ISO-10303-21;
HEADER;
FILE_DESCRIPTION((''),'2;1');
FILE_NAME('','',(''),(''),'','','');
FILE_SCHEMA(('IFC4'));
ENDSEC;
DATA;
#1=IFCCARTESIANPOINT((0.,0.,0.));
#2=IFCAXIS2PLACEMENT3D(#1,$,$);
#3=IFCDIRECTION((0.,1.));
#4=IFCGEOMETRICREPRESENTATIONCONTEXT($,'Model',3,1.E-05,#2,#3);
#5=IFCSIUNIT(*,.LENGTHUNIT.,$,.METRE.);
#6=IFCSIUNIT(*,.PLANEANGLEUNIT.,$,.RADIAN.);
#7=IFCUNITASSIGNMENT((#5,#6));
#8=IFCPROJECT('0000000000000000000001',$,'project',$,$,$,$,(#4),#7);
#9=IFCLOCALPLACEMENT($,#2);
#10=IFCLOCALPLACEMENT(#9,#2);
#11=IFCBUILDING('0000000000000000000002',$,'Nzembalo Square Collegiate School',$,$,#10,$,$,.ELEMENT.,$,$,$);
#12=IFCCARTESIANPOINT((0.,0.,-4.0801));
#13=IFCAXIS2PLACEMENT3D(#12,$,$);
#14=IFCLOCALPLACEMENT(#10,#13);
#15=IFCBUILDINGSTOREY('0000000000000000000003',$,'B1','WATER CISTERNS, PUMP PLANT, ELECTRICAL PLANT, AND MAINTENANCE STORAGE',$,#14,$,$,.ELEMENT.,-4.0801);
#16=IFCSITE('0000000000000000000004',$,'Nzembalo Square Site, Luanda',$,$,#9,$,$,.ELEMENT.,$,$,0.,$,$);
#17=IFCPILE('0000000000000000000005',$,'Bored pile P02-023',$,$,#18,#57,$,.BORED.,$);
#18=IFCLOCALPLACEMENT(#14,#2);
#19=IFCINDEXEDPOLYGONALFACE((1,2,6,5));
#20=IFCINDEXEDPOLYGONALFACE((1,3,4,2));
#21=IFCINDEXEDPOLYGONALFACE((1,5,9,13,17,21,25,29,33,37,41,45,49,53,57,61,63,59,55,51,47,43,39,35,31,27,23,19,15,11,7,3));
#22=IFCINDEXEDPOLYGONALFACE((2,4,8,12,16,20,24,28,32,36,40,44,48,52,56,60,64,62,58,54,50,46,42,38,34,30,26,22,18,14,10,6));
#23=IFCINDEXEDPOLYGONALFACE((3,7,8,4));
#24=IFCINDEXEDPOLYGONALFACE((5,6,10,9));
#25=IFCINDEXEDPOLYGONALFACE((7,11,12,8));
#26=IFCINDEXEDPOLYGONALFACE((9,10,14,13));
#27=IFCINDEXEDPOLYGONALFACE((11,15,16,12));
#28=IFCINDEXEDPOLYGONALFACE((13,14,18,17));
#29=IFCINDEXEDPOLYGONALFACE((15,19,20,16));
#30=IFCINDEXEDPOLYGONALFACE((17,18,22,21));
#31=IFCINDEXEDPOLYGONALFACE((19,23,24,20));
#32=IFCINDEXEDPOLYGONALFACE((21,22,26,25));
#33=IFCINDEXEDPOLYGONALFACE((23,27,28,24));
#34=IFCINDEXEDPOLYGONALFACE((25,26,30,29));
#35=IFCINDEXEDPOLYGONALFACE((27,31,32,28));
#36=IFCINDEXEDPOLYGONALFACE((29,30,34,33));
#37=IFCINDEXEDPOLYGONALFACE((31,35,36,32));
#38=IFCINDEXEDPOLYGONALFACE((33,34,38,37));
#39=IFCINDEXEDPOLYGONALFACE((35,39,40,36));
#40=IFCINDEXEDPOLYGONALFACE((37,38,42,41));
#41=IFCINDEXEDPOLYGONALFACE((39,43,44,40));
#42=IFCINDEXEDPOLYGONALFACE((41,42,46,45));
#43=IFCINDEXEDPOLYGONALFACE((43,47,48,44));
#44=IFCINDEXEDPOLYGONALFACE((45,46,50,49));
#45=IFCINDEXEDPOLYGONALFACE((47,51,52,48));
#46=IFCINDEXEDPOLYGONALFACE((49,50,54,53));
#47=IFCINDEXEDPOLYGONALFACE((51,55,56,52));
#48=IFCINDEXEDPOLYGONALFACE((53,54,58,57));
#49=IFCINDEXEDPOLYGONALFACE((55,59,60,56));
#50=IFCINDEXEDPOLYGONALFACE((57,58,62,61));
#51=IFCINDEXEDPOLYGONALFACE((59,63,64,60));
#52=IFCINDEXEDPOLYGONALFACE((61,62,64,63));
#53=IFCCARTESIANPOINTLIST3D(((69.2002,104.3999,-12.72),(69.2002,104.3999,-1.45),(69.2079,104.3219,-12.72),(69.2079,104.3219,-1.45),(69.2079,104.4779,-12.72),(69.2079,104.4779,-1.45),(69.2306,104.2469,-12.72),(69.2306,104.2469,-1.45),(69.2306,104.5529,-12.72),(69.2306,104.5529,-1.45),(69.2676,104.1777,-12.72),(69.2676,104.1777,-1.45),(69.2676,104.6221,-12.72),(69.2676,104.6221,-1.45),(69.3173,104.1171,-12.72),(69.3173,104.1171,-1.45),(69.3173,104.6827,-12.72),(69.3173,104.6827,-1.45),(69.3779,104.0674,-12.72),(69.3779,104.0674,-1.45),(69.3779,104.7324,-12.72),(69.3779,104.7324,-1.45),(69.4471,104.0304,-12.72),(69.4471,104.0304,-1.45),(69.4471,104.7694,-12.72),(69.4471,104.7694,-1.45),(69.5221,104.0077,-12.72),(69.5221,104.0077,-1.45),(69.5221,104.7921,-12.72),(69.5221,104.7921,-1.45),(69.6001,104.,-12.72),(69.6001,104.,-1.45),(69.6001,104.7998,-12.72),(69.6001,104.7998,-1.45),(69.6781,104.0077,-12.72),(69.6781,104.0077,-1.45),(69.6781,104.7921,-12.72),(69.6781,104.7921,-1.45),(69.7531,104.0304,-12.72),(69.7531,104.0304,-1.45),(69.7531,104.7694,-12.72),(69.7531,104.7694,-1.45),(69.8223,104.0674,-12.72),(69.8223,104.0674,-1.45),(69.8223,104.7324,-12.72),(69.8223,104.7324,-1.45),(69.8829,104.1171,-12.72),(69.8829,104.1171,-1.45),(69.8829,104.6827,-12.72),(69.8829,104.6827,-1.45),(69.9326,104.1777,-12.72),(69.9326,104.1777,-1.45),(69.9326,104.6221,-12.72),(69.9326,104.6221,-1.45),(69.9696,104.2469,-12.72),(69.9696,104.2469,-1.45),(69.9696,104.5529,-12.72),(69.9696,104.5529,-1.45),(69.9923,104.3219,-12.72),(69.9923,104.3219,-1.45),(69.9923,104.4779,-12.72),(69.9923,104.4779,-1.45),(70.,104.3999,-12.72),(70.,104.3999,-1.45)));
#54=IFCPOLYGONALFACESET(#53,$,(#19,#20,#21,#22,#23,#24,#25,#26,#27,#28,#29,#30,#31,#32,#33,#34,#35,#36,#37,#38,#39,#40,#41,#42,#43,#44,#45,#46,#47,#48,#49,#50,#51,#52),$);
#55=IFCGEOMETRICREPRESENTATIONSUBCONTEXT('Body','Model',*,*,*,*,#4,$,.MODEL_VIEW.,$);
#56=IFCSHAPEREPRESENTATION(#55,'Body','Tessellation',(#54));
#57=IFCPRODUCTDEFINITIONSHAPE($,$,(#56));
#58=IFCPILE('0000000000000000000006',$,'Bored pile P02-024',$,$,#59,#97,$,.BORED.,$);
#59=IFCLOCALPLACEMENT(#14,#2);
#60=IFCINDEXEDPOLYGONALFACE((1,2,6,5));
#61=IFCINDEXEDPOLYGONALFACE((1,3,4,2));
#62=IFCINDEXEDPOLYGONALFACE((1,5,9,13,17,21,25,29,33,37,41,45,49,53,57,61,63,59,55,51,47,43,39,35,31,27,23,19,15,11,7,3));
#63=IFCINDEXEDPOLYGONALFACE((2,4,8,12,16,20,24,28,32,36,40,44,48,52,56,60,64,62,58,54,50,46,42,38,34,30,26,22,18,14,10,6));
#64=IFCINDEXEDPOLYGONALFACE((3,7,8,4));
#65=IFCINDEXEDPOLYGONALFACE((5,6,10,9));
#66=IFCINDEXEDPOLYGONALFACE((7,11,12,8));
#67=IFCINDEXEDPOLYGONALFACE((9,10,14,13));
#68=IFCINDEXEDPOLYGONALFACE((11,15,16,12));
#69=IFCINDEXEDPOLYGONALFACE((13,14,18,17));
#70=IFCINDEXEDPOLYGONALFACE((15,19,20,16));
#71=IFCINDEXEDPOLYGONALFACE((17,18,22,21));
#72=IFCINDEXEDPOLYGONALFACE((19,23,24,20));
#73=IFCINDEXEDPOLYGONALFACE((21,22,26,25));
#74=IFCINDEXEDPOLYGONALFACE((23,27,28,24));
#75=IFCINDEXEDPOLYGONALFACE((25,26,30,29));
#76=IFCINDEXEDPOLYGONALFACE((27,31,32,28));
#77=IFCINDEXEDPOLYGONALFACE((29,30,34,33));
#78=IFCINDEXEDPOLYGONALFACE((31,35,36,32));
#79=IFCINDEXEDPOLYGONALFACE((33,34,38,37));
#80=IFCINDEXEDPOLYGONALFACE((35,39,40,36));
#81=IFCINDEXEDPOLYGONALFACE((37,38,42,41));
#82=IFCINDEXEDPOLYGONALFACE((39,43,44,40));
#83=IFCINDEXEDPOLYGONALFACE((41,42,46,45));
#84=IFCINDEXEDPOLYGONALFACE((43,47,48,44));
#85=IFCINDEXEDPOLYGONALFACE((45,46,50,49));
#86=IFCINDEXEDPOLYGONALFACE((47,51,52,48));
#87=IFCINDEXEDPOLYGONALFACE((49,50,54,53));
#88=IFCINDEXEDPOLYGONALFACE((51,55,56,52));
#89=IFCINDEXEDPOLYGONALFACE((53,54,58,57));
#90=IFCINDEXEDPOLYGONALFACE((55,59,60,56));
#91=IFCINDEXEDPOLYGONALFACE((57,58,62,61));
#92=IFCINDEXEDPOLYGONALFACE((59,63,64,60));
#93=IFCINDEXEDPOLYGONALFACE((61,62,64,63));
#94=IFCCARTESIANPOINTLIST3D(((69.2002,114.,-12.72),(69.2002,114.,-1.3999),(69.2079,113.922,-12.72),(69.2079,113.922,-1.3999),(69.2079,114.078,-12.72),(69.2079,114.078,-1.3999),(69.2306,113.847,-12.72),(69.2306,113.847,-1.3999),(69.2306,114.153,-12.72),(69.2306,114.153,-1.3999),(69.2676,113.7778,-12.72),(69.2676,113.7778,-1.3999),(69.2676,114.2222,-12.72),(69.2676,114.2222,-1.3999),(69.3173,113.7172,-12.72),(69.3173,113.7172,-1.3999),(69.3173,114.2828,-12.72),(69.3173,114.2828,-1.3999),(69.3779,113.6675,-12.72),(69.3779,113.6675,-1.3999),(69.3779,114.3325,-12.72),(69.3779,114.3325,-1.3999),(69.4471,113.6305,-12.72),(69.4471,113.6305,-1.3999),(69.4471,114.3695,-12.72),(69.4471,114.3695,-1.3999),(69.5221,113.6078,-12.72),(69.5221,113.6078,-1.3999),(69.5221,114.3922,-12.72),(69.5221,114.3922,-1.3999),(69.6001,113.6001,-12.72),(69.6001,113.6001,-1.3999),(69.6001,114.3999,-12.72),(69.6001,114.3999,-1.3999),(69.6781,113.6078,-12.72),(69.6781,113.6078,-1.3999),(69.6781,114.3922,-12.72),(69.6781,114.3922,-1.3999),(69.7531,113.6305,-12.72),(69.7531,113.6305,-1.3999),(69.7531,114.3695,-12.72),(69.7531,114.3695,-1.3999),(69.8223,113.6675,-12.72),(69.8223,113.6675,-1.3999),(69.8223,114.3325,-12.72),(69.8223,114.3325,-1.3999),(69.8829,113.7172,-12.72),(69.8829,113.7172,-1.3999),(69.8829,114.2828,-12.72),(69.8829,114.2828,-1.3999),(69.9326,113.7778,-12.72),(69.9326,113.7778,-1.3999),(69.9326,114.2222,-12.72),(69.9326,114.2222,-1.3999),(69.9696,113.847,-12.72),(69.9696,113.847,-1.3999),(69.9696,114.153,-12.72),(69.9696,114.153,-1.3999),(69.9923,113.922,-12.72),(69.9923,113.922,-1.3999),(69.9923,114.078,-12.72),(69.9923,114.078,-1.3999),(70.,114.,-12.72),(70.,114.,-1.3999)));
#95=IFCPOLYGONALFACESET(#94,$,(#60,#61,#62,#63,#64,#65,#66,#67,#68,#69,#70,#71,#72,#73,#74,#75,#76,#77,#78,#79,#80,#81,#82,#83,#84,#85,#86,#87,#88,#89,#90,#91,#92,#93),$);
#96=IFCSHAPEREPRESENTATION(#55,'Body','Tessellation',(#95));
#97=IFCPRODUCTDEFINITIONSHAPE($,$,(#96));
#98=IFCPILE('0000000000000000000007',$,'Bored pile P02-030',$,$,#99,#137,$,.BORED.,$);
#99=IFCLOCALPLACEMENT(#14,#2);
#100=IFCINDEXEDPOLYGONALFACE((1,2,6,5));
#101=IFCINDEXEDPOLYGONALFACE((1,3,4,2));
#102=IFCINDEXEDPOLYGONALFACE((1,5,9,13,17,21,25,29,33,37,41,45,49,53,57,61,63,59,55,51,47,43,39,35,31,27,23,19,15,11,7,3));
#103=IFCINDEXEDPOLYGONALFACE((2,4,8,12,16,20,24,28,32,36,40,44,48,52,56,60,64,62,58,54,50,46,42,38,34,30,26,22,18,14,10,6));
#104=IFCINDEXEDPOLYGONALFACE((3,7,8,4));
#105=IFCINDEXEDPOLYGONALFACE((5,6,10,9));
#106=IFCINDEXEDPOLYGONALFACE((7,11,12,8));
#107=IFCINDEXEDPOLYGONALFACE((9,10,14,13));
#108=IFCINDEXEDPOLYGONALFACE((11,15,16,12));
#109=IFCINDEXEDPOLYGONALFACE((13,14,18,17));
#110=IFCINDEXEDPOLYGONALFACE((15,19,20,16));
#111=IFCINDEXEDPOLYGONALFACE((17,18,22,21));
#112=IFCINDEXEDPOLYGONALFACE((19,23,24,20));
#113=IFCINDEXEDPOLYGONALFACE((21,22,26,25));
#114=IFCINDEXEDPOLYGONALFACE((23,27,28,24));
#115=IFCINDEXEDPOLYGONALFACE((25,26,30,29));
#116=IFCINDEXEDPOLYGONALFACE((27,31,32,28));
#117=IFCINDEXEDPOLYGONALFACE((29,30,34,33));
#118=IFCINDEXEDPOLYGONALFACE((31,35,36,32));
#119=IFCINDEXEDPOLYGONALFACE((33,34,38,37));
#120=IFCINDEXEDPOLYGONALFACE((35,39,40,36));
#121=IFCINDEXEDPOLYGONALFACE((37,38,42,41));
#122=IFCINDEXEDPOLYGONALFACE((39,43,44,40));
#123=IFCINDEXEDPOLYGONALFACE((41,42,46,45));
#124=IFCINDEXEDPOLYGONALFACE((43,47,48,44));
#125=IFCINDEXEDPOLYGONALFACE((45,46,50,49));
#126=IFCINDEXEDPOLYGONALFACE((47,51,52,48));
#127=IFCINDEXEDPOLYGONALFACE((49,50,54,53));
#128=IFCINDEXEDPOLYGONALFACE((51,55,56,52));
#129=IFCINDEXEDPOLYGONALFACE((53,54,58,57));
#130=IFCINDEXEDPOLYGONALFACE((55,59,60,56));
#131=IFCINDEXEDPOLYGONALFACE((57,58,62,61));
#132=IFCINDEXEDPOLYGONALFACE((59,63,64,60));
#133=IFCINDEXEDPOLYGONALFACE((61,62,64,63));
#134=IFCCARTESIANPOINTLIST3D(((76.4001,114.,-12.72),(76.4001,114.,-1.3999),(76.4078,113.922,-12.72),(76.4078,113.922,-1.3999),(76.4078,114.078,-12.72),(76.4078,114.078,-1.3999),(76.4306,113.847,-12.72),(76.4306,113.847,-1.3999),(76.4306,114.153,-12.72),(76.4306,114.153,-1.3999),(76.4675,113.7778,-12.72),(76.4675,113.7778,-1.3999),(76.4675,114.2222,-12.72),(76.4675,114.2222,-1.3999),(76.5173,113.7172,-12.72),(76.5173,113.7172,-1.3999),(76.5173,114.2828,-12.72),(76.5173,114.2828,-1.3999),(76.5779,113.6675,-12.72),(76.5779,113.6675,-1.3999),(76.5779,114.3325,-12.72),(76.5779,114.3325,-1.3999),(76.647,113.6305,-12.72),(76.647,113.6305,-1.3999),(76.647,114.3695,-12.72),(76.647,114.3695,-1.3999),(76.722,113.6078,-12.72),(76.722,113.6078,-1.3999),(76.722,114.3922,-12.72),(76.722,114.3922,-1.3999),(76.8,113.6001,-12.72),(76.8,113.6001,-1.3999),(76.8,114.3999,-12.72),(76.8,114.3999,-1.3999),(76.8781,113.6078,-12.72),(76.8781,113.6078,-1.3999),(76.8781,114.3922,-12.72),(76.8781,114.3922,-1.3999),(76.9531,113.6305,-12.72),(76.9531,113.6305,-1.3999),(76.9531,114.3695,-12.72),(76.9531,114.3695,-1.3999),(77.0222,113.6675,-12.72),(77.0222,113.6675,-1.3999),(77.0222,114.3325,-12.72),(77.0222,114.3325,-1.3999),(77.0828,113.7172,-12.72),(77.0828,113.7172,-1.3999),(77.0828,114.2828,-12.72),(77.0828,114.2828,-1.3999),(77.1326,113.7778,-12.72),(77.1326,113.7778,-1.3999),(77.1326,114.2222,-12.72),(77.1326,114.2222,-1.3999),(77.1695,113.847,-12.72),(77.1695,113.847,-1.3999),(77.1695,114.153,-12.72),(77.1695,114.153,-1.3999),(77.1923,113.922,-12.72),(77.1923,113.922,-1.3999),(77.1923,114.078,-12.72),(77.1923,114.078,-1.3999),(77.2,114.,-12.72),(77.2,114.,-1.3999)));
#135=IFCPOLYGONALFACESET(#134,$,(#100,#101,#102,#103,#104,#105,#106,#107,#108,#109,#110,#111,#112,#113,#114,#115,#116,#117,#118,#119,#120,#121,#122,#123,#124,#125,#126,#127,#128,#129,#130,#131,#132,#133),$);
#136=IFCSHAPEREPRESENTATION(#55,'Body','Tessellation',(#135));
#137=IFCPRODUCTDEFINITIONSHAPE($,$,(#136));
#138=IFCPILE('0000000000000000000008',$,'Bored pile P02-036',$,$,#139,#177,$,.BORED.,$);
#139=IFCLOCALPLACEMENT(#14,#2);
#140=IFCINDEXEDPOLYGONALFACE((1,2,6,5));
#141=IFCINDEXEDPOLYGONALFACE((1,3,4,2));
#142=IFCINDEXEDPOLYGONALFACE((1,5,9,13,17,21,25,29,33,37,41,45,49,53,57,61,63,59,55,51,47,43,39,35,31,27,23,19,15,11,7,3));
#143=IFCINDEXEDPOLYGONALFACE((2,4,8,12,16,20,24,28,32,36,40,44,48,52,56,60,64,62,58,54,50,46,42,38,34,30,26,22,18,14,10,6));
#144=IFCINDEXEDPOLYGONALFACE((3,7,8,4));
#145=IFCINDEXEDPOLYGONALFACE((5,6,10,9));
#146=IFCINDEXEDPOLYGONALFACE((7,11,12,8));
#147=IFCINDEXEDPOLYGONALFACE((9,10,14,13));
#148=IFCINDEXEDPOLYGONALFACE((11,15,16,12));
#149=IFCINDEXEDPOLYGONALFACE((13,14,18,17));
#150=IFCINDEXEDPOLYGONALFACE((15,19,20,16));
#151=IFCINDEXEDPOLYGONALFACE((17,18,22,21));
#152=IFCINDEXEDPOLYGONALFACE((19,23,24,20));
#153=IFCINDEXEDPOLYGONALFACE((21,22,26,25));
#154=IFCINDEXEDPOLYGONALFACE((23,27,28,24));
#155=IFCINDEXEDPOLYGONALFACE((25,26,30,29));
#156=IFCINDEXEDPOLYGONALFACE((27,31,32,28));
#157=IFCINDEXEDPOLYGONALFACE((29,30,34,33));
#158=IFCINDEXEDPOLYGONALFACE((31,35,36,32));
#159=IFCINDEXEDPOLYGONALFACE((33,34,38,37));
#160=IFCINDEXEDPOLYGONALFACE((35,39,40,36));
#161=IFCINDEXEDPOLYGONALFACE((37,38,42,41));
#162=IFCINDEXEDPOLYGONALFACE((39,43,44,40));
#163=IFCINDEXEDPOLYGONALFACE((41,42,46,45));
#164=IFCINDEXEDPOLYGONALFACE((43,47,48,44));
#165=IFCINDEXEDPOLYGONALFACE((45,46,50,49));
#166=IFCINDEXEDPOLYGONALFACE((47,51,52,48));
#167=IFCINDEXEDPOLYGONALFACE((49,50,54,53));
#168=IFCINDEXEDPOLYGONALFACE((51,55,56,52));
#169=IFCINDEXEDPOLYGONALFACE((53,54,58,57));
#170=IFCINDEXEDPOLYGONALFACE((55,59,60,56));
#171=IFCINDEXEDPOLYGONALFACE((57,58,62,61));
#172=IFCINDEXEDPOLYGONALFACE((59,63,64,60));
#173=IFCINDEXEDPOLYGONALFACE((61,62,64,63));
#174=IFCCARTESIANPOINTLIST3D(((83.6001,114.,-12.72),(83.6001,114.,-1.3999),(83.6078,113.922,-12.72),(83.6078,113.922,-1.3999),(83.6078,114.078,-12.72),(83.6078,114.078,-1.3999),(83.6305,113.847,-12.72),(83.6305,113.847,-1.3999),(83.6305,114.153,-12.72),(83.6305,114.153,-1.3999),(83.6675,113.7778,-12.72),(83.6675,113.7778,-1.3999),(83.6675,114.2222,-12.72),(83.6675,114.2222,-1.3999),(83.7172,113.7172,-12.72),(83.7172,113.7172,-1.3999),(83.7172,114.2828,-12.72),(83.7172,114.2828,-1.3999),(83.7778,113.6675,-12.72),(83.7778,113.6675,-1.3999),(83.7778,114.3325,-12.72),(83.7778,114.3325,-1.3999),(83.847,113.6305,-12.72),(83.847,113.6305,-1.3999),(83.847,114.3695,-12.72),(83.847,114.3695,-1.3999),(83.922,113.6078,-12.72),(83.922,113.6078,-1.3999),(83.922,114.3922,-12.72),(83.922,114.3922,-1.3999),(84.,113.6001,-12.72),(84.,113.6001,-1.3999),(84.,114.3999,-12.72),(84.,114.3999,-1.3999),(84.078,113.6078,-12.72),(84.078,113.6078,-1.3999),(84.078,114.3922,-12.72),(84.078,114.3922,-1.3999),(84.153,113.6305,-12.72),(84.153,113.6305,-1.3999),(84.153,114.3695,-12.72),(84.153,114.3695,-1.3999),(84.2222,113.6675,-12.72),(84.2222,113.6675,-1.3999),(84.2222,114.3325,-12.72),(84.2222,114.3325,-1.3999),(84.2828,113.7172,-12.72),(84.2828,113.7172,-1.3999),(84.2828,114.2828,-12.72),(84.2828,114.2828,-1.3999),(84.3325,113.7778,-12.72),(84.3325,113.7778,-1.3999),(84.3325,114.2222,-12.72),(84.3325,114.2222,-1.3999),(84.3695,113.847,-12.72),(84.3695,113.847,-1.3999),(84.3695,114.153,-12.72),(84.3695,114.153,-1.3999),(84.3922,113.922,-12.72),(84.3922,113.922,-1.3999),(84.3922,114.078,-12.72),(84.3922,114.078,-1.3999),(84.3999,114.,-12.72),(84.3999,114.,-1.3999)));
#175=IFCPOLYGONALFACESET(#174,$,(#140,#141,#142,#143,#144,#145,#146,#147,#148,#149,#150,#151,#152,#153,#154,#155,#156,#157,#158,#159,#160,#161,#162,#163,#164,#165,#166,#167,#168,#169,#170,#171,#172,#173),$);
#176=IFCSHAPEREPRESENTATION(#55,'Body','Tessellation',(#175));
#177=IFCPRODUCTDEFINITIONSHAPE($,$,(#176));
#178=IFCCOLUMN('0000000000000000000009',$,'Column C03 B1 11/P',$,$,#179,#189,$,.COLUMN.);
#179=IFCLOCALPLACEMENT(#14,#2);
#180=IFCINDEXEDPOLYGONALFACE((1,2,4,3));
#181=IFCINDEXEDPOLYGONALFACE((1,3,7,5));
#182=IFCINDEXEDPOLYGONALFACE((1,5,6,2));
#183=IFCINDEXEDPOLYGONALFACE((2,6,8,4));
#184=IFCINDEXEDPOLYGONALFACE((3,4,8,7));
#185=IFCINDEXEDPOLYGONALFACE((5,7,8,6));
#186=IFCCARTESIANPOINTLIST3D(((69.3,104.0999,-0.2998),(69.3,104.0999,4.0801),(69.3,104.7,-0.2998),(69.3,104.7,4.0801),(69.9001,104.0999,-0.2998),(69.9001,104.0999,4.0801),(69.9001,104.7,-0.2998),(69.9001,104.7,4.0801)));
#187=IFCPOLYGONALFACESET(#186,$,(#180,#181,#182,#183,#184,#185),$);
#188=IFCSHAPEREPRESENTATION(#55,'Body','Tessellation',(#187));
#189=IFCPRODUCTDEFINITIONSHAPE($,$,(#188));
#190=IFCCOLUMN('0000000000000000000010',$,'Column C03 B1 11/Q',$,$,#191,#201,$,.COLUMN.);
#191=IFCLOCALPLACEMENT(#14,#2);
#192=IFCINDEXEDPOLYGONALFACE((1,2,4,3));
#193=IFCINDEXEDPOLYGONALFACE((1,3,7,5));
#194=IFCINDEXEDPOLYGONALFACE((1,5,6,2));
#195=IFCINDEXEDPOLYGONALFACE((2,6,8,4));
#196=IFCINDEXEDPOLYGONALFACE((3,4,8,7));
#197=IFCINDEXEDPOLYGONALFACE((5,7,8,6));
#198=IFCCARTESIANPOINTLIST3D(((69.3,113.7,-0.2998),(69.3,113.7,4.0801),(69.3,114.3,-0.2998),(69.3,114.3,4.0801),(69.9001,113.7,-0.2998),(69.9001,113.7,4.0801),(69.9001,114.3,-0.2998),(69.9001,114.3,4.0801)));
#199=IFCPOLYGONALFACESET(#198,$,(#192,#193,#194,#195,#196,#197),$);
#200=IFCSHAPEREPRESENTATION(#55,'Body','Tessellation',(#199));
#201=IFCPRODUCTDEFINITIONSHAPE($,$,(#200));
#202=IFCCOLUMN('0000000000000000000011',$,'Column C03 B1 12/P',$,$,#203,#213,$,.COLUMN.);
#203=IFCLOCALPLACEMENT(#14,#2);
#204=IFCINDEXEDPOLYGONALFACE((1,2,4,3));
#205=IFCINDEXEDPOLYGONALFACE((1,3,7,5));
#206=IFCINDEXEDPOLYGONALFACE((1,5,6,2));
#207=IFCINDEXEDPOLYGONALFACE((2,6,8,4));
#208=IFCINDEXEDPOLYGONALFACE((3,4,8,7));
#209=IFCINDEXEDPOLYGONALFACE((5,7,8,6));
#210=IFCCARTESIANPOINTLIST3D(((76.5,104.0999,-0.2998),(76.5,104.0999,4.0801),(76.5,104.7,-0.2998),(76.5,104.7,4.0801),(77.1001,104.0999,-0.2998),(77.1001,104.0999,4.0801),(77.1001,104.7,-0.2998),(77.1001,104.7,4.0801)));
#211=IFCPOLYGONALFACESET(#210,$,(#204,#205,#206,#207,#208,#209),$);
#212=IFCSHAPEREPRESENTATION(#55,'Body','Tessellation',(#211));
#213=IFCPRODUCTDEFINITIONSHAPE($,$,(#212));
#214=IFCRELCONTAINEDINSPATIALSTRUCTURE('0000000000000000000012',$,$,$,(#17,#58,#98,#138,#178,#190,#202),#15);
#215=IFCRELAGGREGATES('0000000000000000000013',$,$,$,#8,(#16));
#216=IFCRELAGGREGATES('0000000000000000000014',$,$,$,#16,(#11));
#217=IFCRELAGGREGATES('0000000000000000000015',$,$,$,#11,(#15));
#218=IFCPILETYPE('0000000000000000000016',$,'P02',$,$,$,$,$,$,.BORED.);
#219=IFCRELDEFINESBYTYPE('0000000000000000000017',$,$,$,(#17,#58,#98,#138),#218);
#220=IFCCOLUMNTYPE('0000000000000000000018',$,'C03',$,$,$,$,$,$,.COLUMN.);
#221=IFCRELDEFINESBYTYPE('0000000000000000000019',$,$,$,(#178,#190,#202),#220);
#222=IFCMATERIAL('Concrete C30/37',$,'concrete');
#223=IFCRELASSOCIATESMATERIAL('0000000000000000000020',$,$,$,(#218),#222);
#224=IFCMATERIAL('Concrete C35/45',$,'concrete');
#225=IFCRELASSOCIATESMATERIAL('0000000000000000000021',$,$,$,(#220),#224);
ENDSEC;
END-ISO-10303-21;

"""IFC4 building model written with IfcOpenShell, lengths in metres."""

from ifc_helpers import new_model, si_unit, direction, frame, origin, origin_2d, place, context, subcontext, project, spatial, rectangle, circle, extrude, material, material_profile, profile_set, type_object, element, save


model = new_model("IFC4")

# Units and contexts
model_context = context("Model", 3, precision=1e-05, world=origin(), true_north=direction((0.0, 1.0)))
body_context = subcontext(model_context, "Body", "Model", "MODEL_VIEW")
ifc_project = project(units=[si_unit("LENGTHUNIT", "METRE"), si_unit("PLANEANGLEUNIT", "RADIAN")], contexts=[model_context])

# Site, building, storey
site_placement = place(None, origin())
site = spatial("IfcSite", under=ifc_project, at=site_placement, Name="Nzembalo Square Site, Luanda", CompositionType="ELEMENT", RefElevation=0.0)
building_placement = place(site_placement, origin())
building = spatial("IfcBuilding", under=site, at=building_placement, Name="Nzembalo Square Collegiate School", CompositionType="ELEMENT")
storey_placement = place(building_placement, frame((0.0, 0.0, -4.0801)))
storey = spatial("IfcBuildingStorey", under=building, at=storey_placement, Name="B1", Description="WATER CISTERNS, PUMP PLANT, ELECTRICAL PLANT, AND MAINTENANCE STORAGE", CompositionType="ELEMENT", Elevation=-4.0801)

# Piles
ifc_material_1 = material(Name="Concrete C30/37", Category="concrete")
ifc_material_profile_1 = material_profile(ifc_material_1, circle(Radius=0.3999, at=origin_2d()), Name="PILE D800")
ifc_profile_set_1 = profile_set([ifc_material_profile_1], Name="Concrete C30/37")
pile_type_1 = type_object("IfcPileType", Name="P02", PredefinedType="BORED", material=ifc_profile_set_1)
pile_placement = place(storey_placement, frame((69.6001, 104.3999, -1.45), z_axis=(0.0, 0.0, -1.0), x_axis=(1.0, 0.0, 0.0)))
element("IfcPile", 1, at=pile_placement, inside=storey, type_object=pile_type_1, Name="Bored pile P02-023", PredefinedType="BORED", context=body_context, shape_type="SweptSolid", body=[
    extrude(circle(Radius=0.3999, at=origin_2d()), origin(), (0.0, 0.0, 1.0), 11.27),
])
for number, where, z_axis, x_axis, name in (
    (2, (69.6001, 114.0, -1.3999), (0.0, 0.0, -1.0), (1.0, 0.0, 0.0), "Bored pile P02-024"),
    (3, (76.8, 114.0, -1.3999), (0.0, 0.0, -1.0), (1.0, 0.0, 0.0), "Bored pile P02-030"),
    (4, (84.0, 114.0, -1.3999), (0.0, 0.0, -1.0), (1.0, 0.0, 0.0), "Bored pile P02-036"),
):
    element("IfcPile", number, at=place(storey_placement, frame(where, z_axis=z_axis, x_axis=x_axis)), inside=storey, type_object=pile_type_1, Name=name, PredefinedType="BORED", context=body_context, shape_type="SweptSolid", body=[
        extrude(circle(Radius=0.3999, at=origin_2d()), origin(), (0.0, 0.0, 1.0), 11.3201),
    ])

# Columns
ifc_material_2 = material(Name="Concrete C35/45", Category="concrete")
ifc_material_profile_2 = material_profile(ifc_material_2, rectangle(XDim=0.6001, YDim=0.6001, at=origin_2d()), Name="RC 600x600")
ifc_profile_set_2 = profile_set([ifc_material_profile_2], Name="Concrete C35/45")
column_type = type_object("IfcColumnType", Name="C03", PredefinedType="COLUMN", material=ifc_profile_set_2)
for number, where, z_axis, x_axis, name in (
    (5, (69.6001, 104.3999, -0.2998), (0.0, 0.0, 1.0), (1.0, 0.0, 0.0), "Column C03 B1 11/P"),
    (6, (69.6001, 114.0, -0.2998), (0.0, 0.0, 1.0), (1.0, 0.0, 0.0), "Column C03 B1 11/Q"),
    (7, (76.8, 104.3999, -0.2998), (0.0, 0.0, 1.0), (1.0, 0.0, 0.0), "Column C03 B1 12/P"),
):
    element("IfcColumn", number, at=place(storey_placement, frame(where, z_axis=z_axis, x_axis=x_axis)), inside=storey, type_object=column_type, Name=name, PredefinedType="COLUMN", context=body_context, shape_type="SweptSolid", body=[
        extrude(rectangle(XDim=0.6001, YDim=0.6001, at=origin_2d()), origin(), (0.0, 0.0, 1.0), 4.3799),
    ])

save(model, "model.ifc")
